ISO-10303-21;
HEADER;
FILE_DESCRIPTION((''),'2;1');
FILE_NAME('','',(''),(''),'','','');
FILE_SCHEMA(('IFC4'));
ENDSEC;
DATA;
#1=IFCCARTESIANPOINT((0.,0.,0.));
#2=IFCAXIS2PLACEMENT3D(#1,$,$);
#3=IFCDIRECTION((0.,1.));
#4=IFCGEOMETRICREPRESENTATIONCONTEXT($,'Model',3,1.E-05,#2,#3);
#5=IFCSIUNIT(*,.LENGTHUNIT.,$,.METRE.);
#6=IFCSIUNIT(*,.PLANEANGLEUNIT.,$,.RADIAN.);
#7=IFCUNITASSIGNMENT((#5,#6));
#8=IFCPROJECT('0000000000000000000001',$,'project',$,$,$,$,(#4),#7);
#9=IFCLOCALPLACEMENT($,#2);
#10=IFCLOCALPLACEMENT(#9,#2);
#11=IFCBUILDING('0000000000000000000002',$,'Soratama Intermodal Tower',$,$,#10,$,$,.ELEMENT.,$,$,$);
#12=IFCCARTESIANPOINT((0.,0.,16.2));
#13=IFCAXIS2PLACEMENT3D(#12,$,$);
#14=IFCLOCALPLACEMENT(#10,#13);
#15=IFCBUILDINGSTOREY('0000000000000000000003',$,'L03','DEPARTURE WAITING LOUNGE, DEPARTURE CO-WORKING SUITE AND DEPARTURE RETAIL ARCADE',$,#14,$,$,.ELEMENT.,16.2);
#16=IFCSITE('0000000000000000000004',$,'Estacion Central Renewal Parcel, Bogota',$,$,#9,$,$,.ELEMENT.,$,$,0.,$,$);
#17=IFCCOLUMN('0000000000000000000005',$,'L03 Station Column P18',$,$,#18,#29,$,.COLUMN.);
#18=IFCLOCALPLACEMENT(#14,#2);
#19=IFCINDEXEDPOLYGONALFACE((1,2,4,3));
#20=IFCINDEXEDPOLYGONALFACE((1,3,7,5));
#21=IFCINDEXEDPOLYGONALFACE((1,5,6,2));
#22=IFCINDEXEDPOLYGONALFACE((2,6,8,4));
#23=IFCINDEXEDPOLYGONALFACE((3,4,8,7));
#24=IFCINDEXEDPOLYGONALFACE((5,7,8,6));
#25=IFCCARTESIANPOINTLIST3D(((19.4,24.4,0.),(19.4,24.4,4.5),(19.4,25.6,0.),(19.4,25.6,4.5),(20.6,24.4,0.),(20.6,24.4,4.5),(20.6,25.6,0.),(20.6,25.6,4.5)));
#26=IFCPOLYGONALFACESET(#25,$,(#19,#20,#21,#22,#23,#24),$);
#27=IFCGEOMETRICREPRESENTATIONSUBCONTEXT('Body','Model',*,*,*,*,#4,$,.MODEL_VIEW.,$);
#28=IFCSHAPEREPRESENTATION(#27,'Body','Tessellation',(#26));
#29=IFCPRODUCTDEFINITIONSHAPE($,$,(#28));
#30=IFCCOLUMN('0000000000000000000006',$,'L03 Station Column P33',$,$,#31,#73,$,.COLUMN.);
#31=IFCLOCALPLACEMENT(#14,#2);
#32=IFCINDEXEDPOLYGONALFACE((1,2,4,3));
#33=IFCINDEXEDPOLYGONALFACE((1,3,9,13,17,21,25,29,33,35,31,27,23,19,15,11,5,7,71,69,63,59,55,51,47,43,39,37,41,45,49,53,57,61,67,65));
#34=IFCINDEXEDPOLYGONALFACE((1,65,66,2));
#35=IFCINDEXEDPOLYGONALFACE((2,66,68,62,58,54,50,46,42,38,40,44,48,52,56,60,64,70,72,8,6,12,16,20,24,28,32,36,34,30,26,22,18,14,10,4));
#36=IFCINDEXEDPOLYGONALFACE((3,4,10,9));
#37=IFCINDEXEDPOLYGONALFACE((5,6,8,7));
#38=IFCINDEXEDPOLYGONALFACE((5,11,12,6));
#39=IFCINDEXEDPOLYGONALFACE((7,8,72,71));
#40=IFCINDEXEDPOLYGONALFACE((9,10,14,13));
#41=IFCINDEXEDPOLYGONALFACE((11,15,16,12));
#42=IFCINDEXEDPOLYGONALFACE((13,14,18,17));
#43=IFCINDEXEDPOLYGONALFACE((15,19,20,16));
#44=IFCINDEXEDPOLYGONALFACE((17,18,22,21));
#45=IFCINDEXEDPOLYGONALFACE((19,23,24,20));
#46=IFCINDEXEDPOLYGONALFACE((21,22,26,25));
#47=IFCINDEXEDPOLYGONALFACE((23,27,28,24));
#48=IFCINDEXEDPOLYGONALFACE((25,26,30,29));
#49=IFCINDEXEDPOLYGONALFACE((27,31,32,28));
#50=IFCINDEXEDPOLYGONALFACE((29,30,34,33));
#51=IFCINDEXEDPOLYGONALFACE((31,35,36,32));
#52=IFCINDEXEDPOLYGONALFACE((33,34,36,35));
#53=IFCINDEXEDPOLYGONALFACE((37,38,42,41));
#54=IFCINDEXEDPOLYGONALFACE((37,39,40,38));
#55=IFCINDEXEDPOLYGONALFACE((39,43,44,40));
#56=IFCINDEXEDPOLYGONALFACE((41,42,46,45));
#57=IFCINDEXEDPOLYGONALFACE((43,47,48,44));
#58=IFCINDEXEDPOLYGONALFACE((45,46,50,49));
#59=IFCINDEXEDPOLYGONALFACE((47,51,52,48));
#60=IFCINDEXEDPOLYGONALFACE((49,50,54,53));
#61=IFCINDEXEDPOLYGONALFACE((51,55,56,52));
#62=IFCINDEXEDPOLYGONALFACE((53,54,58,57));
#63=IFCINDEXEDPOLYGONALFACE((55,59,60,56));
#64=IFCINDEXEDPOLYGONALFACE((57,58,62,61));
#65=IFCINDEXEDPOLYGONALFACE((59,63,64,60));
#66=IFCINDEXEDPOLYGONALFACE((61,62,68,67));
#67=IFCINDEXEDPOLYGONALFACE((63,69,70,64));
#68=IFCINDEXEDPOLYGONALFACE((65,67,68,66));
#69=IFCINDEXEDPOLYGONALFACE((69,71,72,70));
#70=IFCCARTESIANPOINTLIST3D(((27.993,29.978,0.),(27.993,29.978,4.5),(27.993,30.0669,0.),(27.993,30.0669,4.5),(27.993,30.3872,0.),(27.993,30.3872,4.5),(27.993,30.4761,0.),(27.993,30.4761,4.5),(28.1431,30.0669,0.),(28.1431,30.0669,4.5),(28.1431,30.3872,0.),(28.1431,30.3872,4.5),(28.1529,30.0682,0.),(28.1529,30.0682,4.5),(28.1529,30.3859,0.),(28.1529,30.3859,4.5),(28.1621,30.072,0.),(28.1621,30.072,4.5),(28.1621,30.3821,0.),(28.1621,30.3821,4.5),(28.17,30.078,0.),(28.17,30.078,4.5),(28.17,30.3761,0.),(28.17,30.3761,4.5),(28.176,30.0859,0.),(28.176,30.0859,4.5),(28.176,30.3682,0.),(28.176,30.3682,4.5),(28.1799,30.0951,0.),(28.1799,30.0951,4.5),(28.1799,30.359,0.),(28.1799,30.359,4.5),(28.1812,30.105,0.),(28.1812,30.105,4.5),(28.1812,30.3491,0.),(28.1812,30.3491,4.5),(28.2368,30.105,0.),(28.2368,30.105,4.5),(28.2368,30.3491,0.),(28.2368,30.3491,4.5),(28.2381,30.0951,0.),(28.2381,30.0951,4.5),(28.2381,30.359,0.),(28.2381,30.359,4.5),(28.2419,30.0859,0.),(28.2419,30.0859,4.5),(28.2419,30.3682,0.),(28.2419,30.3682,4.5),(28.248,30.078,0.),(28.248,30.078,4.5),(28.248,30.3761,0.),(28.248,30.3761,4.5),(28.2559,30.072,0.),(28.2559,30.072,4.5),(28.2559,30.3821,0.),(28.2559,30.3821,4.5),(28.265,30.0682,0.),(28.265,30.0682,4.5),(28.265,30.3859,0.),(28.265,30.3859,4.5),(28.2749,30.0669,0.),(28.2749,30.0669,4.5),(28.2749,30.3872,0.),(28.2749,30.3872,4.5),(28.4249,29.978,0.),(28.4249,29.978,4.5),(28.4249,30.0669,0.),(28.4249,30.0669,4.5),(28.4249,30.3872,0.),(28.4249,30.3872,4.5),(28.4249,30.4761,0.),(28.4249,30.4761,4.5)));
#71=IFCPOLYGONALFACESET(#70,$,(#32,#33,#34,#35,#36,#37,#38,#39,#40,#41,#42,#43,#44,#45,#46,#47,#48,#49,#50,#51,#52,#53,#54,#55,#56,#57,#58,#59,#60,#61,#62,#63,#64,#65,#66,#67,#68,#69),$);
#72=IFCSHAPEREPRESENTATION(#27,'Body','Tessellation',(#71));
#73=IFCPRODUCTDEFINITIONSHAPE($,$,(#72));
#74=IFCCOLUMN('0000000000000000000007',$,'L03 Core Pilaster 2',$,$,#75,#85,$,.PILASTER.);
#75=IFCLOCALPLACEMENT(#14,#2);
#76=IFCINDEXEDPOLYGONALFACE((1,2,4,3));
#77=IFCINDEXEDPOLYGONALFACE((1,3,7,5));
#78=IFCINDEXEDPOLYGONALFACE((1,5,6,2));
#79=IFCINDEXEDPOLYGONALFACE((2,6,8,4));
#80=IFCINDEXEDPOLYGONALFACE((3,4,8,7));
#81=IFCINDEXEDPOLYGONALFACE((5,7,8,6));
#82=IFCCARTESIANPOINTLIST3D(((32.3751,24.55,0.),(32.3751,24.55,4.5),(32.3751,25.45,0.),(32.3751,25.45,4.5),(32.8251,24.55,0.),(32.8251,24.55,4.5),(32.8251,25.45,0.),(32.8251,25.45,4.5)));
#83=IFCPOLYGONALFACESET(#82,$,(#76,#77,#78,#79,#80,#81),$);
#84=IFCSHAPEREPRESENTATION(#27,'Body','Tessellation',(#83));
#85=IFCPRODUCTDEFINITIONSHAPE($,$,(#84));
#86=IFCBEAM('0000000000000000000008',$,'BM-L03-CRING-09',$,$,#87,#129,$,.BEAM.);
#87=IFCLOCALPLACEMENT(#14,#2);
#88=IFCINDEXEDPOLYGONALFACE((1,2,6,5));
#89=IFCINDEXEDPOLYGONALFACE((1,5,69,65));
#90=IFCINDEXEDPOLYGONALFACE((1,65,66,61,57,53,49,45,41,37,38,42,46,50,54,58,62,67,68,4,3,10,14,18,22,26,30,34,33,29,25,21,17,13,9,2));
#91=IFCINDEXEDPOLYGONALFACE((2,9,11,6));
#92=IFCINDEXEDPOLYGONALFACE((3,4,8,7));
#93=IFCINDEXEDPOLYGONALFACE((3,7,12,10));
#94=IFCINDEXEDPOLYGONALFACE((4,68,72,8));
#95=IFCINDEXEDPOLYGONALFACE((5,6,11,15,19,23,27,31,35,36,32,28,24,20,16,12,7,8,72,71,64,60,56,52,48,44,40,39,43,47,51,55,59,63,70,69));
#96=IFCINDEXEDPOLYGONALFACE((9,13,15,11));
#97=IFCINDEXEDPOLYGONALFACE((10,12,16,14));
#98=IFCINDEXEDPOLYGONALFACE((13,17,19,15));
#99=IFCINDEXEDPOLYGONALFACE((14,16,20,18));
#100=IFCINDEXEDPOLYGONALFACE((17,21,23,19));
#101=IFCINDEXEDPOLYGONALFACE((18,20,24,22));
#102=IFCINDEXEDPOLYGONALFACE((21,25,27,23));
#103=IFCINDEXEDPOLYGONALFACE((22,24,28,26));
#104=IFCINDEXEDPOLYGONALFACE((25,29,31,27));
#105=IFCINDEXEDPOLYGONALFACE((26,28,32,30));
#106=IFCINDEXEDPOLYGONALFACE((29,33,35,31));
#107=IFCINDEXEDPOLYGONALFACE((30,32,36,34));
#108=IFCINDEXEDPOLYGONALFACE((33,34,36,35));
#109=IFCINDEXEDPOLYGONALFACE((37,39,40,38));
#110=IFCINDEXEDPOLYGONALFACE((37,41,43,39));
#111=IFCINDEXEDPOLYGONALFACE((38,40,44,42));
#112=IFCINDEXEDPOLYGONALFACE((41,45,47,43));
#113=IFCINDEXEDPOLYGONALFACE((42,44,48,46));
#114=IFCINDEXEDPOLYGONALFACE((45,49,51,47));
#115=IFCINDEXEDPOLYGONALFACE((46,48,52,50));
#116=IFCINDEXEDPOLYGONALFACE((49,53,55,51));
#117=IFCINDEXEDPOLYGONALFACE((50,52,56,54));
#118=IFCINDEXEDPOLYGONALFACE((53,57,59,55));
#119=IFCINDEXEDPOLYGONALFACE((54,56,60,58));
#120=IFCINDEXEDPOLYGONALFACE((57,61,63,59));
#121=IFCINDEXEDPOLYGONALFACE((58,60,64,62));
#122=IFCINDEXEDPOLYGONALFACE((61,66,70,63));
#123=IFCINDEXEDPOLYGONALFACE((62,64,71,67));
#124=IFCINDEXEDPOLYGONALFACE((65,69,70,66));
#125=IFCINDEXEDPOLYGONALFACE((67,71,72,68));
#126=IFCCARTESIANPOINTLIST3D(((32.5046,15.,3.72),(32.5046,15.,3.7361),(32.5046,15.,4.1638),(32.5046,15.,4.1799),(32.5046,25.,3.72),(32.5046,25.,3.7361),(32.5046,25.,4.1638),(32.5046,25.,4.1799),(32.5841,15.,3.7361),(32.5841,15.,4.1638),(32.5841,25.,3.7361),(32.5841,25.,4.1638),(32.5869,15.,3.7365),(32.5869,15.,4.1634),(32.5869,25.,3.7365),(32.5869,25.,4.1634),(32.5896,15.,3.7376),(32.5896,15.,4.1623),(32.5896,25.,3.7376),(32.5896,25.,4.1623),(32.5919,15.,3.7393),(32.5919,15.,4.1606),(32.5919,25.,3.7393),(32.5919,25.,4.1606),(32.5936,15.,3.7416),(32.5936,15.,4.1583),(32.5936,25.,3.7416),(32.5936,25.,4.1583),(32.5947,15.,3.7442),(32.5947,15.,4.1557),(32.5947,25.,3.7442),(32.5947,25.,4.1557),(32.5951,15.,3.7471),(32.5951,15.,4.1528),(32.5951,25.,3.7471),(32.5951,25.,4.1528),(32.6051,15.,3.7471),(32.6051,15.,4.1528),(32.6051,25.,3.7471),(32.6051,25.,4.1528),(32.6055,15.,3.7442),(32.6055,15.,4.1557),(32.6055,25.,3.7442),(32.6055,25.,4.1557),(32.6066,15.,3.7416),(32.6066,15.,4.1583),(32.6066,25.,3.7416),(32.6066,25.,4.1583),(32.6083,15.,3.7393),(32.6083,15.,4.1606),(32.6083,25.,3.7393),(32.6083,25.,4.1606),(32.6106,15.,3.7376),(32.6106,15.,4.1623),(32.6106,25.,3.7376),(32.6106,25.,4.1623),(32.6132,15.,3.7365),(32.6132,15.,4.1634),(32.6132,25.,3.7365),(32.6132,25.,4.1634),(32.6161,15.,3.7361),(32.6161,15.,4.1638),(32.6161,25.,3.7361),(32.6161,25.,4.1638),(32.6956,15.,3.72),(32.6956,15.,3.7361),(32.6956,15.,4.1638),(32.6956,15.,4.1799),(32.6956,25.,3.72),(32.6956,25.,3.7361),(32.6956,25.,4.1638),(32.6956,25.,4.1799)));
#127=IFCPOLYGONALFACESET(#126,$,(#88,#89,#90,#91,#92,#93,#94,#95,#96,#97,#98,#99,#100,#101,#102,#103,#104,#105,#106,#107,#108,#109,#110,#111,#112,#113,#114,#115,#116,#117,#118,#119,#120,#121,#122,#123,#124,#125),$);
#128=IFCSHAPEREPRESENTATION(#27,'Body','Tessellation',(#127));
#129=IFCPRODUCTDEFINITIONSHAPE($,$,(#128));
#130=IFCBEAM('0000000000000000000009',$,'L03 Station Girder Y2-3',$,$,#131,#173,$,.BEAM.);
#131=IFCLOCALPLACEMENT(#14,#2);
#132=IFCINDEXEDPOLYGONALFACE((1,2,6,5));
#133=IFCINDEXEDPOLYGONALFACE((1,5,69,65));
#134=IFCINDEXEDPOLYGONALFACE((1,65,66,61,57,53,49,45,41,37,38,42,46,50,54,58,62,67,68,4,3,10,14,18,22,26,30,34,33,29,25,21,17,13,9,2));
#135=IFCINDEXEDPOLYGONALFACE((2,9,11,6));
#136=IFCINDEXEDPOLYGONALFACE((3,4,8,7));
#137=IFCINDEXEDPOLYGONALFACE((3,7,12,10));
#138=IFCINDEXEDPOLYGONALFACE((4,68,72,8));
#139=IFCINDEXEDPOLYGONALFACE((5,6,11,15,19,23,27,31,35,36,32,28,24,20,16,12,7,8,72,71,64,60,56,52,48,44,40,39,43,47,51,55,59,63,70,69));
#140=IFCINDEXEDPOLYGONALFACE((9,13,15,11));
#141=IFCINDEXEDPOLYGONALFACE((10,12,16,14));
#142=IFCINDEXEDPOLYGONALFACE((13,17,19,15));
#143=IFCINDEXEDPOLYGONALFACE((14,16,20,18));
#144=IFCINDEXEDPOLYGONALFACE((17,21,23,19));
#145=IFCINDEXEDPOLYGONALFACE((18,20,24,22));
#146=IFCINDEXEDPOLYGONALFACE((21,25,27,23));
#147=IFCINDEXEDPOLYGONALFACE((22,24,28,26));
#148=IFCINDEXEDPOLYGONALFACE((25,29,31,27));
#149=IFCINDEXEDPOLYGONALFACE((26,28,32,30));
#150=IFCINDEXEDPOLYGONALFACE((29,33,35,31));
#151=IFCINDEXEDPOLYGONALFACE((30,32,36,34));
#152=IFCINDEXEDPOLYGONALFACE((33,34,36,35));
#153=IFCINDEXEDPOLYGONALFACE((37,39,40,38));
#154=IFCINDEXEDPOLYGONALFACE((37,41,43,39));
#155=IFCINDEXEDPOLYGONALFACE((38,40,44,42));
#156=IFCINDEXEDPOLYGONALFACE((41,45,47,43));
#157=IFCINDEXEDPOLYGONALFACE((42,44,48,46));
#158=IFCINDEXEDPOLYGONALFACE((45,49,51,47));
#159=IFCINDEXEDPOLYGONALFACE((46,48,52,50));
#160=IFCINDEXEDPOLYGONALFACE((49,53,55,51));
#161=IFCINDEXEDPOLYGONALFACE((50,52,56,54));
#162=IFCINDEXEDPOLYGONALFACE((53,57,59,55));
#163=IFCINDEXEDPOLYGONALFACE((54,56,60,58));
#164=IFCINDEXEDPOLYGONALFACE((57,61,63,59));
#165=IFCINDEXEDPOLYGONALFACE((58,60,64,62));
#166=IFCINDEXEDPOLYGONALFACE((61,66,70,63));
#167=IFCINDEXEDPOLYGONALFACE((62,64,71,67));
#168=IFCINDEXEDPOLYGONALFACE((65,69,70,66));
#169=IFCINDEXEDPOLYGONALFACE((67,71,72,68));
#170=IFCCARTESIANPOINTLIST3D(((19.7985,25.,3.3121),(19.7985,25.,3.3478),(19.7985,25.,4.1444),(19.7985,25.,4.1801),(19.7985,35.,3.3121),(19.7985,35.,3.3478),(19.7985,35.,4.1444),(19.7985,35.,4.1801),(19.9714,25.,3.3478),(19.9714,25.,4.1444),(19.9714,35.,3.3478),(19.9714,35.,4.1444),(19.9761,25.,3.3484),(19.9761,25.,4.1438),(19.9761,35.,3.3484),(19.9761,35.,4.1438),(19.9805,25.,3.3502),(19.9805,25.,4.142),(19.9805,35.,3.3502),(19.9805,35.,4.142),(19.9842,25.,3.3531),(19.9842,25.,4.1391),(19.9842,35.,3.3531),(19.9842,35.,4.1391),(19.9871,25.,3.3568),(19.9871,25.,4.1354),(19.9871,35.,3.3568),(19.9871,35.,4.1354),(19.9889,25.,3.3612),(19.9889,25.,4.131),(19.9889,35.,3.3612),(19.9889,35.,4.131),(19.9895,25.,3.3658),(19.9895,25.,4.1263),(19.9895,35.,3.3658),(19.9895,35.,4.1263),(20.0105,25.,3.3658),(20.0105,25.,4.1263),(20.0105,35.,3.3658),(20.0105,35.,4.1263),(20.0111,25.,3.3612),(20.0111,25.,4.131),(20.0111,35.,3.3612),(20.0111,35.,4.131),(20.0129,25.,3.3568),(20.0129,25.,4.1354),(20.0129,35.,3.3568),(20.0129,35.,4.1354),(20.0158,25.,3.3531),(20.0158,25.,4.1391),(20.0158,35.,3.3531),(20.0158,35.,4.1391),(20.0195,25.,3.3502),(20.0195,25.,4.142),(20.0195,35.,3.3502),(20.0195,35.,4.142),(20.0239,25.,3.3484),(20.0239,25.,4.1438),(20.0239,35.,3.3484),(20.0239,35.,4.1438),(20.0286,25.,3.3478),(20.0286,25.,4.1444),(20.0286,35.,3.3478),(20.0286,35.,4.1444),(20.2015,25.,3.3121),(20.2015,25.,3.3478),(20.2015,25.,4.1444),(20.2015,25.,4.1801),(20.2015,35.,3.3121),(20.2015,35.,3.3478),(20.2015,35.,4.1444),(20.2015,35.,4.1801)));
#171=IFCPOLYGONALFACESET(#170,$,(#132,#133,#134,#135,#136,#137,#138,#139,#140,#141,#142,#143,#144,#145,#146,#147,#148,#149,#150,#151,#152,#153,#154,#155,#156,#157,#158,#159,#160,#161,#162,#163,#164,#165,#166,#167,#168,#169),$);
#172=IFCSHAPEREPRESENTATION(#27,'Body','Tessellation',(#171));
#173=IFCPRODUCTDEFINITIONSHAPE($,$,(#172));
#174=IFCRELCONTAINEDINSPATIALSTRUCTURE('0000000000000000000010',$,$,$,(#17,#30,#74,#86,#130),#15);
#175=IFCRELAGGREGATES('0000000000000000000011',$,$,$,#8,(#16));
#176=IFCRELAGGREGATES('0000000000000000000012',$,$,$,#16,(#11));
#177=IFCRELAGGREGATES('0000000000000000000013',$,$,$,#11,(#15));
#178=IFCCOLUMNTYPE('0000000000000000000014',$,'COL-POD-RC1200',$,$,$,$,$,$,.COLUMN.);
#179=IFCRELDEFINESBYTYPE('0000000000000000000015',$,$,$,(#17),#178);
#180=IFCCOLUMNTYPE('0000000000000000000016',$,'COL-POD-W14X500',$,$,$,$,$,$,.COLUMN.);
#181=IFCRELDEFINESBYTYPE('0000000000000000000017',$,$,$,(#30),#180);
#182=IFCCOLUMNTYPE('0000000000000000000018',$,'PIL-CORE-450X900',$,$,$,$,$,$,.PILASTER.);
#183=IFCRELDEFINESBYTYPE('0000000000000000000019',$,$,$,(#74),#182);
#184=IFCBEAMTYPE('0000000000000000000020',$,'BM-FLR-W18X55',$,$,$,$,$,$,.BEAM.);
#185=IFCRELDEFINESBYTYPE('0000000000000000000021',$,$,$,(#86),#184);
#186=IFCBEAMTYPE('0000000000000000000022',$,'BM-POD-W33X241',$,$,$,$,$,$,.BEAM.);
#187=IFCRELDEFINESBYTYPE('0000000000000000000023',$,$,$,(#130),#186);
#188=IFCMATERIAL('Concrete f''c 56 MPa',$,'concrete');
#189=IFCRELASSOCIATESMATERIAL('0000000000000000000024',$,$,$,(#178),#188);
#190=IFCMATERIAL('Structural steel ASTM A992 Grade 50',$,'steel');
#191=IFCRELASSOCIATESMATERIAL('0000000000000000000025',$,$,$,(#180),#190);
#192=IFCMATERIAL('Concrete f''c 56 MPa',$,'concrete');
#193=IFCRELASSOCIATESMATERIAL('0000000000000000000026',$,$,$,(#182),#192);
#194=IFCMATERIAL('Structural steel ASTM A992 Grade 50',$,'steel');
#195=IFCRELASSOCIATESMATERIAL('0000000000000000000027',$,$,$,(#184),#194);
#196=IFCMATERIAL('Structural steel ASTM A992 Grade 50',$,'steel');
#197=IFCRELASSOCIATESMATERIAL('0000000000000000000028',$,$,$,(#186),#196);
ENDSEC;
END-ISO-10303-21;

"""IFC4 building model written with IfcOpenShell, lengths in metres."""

from ifc_helpers import new_model, si_unit, direction, frame, origin, origin_2d, place, context, subcontext, project, spatial, rectangle, i_section, extrude, material, material_profile, profile_set, type_object, element, save


model = new_model("IFC4")

# Units and contexts
model_context = context("Model", 3, precision=1e-05, world=origin(), true_north=direction((0.0, 1.0)))
body_context = subcontext(model_context, "Body", "Model", "MODEL_VIEW")
ifc_project = project(units=[si_unit("LENGTHUNIT", "METRE"), si_unit("PLANEANGLEUNIT", "RADIAN")], contexts=[model_context])

# Site, building, storey
site_placement = place(None, origin())
site = spatial("IfcSite", under=ifc_project, at=site_placement, Name="Estacion Central Renewal Parcel, Bogota", CompositionType="ELEMENT", RefElevation=0.0)
building_placement = place(site_placement, origin())
building = spatial("IfcBuilding", under=site, at=building_placement, Name="Soratama Intermodal Tower", CompositionType="ELEMENT")
storey_placement = place(building_placement, frame((0.0, 0.0, 16.2)))
storey = spatial("IfcBuildingStorey", under=building, at=storey_placement, Name="L03", Description="DEPARTURE WAITING LOUNGE, DEPARTURE CO-WORKING SUITE AND DEPARTURE RETAIL ARCADE", CompositionType="ELEMENT", Elevation=16.2)

# Columns
ifc_material_1 = material(Name="Concrete f'c 56 MPa", Category="concrete")
ifc_material_profile_1 = material_profile(ifc_material_1, rectangle(XDim=1.2, YDim=1.2, at=origin_2d()), Name="RC1200X1200")
ifc_profile_set_1 = profile_set([ifc_material_profile_1], Name="Concrete f'c 56 MPa")
column_type_1 = type_object("IfcColumnType", Name="COL-POD-RC1200", PredefinedType="COLUMN", material=ifc_profile_set_1)
column_1_placement = place(storey_placement, frame((20.0, 25.0, 0.0), z_axis=(0.0, 0.0, 1.0), x_axis=(1.0, 0.0, 0.0)))
element("IfcColumn", 1, at=column_1_placement, inside=storey, type_object=column_type_1, Name="L03 Station Column P18", PredefinedType="COLUMN", context=body_context, shape_type="SweptSolid", body=[
    extrude(rectangle(XDim=1.2, YDim=1.2, at=origin_2d()), origin(), (0.0, 0.0, 1.0), 4.5),
])
ifc_material_2 = material(Name="Structural steel ASTM A992 Grade 50", Category="steel")
ifc_material_profile_2 = material_profile(ifc_material_2, i_section(OverallWidth=0.4319, OverallDepth=0.498, WebThickness=0.0557, FlangeThickness=0.0889, FilletRadius=0.0381, at=origin_2d()), Name="W14X500")
ifc_profile_set_2 = profile_set([ifc_material_profile_2], Name="Structural steel ASTM A992 Grade 50")
column_type_2 = type_object("IfcColumnType", Name="COL-POD-W14X500", PredefinedType="COLUMN", material=ifc_profile_set_2)
column_2_placement = place(storey_placement, frame((28.209, 30.2271, 0.0), z_axis=(0.0, 0.0, 1.0), x_axis=(1.0, 0.0, 0.0)))
element("IfcColumn", 2, at=column_2_placement, inside=storey, type_object=column_type_2, Name="L03 Station Column P33", PredefinedType="COLUMN", context=body_context, shape_type="SweptSolid", body=[
    extrude(i_section(OverallWidth=0.4319, OverallDepth=0.498, WebThickness=0.0557, FlangeThickness=0.0889, FilletRadius=0.0381, at=origin_2d()), origin(), (0.0, 0.0, 1.0), 4.5),
])
ifc_material_3 = material(Name="Concrete f'c 56 MPa", Category="concrete")
ifc_material_profile_3 = material_profile(ifc_material_3, rectangle(XDim=0.45, YDim=0.8999, at=origin_2d()), Name="RC450X900")
ifc_profile_set_3 = profile_set([ifc_material_profile_3], Name="Concrete f'c 56 MPa")
column_type_3 = type_object("IfcColumnType", Name="PIL-CORE-450X900", PredefinedType="PILASTER", material=ifc_profile_set_3)
column_3_placement = place(storey_placement, frame((32.6001, 25.0, 0.0), z_axis=(0.0, 0.0, 1.0), x_axis=(1.0, 0.0, 0.0)))
element("IfcColumn", 3, at=column_3_placement, inside=storey, type_object=column_type_3, Name="L03 Core Pilaster 2", PredefinedType="PILASTER", context=body_context, shape_type="SweptSolid", body=[
    extrude(rectangle(XDim=0.45, YDim=0.8999, at=origin_2d()), origin(), (0.0, 0.0, 1.0), 4.5),
])

# Beams
ifc_material_4 = material(Name="Structural steel ASTM A992 Grade 50", Category="steel")
ifc_material_profile_4 = material_profile(ifc_material_4, i_section(OverallWidth=0.1909, OverallDepth=0.46, WebThickness=0.01, FlangeThickness=0.0161, FilletRadius=0.011, at=origin_2d()), Name="W18X55")
ifc_profile_set_4 = profile_set([ifc_material_profile_4], Name="Structural steel ASTM A992 Grade 50")
beam_type_1 = type_object("IfcBeamType", Name="BM-FLR-W18X55", PredefinedType="BEAM", material=ifc_profile_set_4)
beam_1_placement = place(storey_placement, frame((32.6001, 25.0, 3.95), z_axis=(0.0, -1.0, 0.0), x_axis=(1.0, 0.0, 0.0)))
element("IfcBeam", 4, at=beam_1_placement, inside=storey, type_object=beam_type_1, Name="BM-L03-CRING-09", PredefinedType="BEAM", context=body_context, shape_type="SweptSolid", body=[
    extrude(i_section(OverallWidth=0.1909, OverallDepth=0.46, WebThickness=0.01, FlangeThickness=0.0161, FilletRadius=0.011, at=origin_2d()), origin(), (0.0, 0.0, 1.0), 10.0),
])
ifc_material_5 = material(Name="Structural steel ASTM A992 Grade 50", Category="steel")
ifc_material_profile_5 = material_profile(ifc_material_5, i_section(OverallWidth=0.4031, OverallDepth=0.8679, WebThickness=0.021, FlangeThickness=0.0356, FilletRadius=0.0181, at=origin_2d()), Name="W33X241")
ifc_profile_set_5 = profile_set([ifc_material_profile_5], Name="Structural steel ASTM A992 Grade 50")
beam_type_2 = type_object("IfcBeamType", Name="BM-POD-W33X241", PredefinedType="BEAM", material=ifc_profile_set_5)
beam_2_placement = place(storey_placement, frame((20.0, 25.0, 3.7461), z_axis=(0.0, 1.0, 0.0), x_axis=(-1.0, 0.0, 0.0)))
element("IfcBeam", 5, at=beam_2_placement, inside=storey, type_object=beam_type_2, Name="L03 Station Girder Y2-3", PredefinedType="BEAM", context=body_context, shape_type="SweptSolid", body=[
    extrude(i_section(OverallWidth=0.4031, OverallDepth=0.8679, WebThickness=0.021, FlangeThickness=0.0356, FilletRadius=0.0181, at=origin_2d()), origin(), (0.0, 0.0, 1.0), 10.0),
])

save(model, "model.ifc")
